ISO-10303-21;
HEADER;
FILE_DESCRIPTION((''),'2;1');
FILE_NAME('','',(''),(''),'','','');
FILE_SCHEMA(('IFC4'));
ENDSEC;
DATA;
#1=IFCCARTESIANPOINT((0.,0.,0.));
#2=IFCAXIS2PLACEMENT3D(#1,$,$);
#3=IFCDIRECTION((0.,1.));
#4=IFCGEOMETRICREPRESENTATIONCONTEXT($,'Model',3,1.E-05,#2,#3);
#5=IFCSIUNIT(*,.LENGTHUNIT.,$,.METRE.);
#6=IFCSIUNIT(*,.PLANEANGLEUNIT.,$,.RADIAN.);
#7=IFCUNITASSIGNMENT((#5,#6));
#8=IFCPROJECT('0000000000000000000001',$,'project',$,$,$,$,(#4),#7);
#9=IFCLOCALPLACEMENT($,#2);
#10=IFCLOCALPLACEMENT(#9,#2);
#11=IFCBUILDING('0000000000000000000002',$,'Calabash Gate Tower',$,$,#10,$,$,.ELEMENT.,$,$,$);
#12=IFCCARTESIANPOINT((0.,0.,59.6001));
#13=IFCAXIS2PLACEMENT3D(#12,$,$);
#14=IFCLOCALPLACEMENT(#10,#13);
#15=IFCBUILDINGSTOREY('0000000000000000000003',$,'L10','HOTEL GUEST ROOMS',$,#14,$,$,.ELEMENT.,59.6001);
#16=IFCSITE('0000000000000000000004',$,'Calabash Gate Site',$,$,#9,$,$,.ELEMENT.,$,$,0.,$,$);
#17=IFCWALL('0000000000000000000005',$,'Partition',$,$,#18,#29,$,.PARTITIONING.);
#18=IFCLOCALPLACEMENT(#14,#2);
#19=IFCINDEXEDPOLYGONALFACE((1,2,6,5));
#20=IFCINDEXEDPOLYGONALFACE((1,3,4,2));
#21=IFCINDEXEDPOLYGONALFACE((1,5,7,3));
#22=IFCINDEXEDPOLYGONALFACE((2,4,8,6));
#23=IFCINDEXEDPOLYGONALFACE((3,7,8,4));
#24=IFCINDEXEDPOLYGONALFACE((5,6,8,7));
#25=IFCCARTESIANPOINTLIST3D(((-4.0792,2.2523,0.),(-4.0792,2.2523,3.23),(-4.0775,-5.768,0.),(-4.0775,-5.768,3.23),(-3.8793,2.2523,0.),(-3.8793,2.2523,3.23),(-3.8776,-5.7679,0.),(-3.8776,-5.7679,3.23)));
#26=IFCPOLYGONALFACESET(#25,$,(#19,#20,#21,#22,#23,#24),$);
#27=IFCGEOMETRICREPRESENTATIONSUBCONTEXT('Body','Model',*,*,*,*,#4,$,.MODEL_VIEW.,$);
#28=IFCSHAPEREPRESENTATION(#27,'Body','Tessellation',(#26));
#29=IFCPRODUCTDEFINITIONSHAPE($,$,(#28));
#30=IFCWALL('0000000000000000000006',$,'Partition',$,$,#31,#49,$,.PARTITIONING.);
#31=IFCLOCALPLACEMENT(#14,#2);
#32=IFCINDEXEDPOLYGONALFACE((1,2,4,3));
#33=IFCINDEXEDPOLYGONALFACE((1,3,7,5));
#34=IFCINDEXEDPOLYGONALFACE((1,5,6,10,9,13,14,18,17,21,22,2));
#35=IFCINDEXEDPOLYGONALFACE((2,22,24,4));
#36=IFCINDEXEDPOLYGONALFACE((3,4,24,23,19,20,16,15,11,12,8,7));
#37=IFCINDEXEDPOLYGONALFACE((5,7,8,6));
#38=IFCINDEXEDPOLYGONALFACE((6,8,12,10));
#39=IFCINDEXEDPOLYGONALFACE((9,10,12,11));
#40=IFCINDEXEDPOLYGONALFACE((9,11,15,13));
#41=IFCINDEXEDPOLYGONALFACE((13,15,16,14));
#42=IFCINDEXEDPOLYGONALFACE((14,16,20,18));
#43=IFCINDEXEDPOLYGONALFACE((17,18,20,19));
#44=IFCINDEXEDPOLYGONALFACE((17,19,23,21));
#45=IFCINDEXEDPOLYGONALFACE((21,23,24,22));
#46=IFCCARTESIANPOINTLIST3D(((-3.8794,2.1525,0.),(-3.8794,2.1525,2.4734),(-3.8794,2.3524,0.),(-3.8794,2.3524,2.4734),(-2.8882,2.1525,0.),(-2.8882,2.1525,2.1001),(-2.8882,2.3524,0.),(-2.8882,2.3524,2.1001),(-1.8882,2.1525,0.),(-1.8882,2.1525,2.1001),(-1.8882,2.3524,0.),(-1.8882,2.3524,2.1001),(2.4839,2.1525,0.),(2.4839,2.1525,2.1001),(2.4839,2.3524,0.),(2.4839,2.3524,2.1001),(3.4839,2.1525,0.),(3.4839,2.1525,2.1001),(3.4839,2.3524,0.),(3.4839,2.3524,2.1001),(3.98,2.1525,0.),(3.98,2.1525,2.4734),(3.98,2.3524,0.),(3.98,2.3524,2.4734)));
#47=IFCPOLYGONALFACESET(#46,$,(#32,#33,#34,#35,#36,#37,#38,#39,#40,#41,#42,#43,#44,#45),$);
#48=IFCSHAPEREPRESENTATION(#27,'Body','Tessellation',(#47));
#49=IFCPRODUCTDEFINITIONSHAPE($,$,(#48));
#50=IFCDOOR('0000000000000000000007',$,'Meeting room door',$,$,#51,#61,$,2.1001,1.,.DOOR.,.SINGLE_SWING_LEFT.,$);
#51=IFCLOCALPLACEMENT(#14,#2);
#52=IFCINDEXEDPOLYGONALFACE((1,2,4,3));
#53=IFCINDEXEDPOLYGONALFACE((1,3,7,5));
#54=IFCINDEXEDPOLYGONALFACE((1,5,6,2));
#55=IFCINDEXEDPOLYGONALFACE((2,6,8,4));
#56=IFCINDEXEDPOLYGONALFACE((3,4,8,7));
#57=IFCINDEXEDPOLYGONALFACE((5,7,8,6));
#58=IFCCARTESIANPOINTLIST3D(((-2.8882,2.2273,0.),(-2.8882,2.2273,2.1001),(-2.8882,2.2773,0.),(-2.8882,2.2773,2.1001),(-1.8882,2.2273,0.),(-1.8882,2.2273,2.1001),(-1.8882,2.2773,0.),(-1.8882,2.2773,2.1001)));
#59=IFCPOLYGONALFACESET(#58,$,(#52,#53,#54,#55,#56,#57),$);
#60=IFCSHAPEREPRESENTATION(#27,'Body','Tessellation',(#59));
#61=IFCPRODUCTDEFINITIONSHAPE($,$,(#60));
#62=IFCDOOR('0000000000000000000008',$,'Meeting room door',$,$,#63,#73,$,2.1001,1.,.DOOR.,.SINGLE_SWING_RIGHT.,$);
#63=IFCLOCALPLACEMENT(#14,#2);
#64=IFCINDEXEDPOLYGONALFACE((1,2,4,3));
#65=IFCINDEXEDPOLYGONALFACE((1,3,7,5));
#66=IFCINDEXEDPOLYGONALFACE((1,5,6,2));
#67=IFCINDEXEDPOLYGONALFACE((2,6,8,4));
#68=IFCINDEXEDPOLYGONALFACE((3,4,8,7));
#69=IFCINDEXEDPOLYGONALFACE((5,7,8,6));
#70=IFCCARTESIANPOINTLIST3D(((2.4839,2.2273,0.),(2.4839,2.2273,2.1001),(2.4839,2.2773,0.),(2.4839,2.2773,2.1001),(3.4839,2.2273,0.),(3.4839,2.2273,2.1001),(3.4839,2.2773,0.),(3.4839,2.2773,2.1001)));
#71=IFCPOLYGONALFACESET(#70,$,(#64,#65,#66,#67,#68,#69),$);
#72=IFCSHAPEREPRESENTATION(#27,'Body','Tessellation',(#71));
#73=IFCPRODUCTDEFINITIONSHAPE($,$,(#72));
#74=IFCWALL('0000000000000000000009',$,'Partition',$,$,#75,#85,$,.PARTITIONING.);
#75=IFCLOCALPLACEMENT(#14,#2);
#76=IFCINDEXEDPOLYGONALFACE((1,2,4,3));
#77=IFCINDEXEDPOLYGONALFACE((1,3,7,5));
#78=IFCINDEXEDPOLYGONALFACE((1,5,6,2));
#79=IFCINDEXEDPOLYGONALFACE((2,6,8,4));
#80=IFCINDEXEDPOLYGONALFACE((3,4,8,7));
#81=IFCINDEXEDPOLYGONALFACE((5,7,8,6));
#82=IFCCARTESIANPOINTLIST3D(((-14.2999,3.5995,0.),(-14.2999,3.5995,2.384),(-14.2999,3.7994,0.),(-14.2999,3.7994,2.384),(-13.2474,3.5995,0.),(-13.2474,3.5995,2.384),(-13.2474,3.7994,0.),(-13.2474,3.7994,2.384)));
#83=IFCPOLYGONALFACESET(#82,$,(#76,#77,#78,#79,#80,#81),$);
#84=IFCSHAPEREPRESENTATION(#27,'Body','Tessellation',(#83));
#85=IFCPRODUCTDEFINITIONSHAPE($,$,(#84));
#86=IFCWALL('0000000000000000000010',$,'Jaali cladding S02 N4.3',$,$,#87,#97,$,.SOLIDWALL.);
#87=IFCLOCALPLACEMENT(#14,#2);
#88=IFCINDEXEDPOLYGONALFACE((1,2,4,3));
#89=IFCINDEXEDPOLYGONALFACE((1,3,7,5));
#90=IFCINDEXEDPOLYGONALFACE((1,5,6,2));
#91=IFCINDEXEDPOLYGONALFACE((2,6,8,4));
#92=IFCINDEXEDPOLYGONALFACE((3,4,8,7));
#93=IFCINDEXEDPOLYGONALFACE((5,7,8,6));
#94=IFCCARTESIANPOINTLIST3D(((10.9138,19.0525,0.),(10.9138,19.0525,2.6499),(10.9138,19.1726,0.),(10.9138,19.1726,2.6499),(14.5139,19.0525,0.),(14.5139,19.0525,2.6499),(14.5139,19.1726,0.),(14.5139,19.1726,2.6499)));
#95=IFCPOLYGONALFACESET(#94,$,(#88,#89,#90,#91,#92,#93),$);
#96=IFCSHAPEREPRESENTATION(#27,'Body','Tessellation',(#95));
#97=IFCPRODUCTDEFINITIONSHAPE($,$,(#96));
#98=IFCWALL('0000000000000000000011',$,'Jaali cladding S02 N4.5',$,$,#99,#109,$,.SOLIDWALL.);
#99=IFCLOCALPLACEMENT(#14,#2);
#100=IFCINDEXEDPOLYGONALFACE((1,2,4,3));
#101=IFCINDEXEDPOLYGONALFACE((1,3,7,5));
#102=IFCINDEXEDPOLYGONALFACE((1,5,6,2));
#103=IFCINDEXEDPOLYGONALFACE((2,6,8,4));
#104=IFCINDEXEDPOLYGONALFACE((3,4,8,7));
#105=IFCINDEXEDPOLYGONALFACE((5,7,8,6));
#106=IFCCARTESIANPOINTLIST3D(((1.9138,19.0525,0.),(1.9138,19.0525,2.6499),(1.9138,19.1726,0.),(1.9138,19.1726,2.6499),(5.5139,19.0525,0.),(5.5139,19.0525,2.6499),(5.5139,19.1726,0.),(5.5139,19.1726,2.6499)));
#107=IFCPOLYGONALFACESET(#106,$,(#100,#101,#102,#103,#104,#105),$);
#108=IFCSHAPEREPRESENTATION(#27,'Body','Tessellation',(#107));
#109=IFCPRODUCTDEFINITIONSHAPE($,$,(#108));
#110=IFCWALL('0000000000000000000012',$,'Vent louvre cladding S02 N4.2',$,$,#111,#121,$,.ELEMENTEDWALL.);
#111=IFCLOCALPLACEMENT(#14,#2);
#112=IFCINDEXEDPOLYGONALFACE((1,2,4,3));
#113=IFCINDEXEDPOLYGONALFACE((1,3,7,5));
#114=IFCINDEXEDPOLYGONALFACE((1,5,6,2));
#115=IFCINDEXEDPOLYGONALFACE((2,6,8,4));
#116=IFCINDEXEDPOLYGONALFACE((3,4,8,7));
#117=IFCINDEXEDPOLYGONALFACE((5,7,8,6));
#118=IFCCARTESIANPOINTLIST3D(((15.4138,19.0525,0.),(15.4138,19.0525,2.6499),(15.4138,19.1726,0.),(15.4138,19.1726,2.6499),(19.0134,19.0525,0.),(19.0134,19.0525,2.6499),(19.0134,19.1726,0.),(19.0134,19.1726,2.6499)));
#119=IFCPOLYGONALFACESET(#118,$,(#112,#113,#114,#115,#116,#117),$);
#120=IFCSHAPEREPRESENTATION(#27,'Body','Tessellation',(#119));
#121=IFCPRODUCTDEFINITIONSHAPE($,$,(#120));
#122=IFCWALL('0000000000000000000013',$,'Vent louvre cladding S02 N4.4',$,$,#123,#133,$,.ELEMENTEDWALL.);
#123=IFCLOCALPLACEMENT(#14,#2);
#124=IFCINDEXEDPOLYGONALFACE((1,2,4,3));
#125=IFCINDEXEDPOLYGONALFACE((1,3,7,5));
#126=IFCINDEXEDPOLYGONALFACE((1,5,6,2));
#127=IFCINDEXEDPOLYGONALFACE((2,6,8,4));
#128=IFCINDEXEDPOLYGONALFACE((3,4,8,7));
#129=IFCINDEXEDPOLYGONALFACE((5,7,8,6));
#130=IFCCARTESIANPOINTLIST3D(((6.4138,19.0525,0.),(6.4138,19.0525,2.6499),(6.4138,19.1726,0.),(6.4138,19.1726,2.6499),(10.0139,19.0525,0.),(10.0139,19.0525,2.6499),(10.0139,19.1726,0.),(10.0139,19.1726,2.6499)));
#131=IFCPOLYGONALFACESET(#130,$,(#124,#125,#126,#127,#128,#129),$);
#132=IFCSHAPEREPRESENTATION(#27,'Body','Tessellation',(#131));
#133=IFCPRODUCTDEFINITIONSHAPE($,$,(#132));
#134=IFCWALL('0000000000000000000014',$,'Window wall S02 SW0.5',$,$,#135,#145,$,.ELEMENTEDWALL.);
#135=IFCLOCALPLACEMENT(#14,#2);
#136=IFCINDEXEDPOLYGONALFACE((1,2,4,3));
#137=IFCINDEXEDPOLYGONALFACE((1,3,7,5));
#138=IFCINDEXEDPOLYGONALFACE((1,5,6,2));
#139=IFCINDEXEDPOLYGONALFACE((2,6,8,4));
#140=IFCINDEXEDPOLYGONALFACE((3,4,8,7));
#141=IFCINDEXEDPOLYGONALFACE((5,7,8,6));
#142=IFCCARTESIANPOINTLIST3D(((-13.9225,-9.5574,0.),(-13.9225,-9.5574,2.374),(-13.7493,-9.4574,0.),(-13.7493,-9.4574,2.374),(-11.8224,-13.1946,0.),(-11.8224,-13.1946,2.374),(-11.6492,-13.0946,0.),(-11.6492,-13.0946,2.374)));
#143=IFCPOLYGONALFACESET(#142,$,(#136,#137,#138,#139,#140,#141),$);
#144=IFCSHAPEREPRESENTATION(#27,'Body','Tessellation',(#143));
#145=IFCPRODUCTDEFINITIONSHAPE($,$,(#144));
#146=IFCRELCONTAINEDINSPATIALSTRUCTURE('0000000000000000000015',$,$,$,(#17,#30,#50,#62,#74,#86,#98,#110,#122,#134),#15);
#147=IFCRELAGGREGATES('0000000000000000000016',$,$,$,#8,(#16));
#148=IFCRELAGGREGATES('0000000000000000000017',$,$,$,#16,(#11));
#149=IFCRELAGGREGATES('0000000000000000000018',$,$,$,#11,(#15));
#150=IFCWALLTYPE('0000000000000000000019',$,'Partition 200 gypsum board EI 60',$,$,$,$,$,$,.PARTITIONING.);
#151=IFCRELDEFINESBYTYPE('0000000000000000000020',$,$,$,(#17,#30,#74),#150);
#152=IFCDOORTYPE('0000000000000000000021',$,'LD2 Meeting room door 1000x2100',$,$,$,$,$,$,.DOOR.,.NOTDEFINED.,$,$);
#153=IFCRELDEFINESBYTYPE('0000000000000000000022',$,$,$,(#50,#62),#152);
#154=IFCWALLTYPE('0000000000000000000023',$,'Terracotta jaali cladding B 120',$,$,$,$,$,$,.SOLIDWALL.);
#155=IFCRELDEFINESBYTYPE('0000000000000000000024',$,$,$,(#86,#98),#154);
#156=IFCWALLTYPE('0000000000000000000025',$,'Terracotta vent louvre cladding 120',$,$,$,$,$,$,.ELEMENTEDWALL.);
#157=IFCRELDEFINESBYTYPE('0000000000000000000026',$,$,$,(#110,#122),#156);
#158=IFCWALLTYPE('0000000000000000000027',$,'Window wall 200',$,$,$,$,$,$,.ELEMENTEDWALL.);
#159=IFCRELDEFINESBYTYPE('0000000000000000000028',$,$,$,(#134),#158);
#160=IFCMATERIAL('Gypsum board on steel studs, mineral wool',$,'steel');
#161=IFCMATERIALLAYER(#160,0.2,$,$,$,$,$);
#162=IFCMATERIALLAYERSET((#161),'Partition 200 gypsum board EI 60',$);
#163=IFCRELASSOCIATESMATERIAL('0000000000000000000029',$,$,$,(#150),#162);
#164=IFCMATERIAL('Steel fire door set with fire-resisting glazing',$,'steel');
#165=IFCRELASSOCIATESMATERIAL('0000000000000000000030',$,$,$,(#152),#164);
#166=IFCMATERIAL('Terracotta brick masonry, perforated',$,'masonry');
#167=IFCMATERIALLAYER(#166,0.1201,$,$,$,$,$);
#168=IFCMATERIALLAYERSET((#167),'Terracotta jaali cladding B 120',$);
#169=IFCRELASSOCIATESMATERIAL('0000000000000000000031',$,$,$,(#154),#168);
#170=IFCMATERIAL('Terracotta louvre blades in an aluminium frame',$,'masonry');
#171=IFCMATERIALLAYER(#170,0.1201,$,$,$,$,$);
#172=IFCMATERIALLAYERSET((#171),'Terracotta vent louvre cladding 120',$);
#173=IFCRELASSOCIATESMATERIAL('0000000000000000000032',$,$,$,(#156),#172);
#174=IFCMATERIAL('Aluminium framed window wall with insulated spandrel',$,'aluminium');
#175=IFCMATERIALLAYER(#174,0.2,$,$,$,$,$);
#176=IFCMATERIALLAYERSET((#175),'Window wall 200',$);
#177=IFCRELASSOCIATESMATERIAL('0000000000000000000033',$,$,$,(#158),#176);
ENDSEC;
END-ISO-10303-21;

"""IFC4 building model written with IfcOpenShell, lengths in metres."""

from ifc_helpers import new_model, si_unit, direction, frame, frame_2d, origin, place, context, subcontext, project, spatial, polyline, rectangle, outline, extrude, material, layer, layer_set, type_object, element, fill, save


model = new_model("IFC4")

# Units and contexts
model_context = context("Model", 3, precision=1e-05, world=origin(), true_north=direction((0.0, 1.0)))
body_context = subcontext(model_context, "Body", "Model", "MODEL_VIEW")
ifc_project = project(units=[si_unit("LENGTHUNIT", "METRE"), si_unit("PLANEANGLEUNIT", "RADIAN")], contexts=[model_context])

# Site, building, storey
site_placement = place(None, origin())
site = spatial("IfcSite", under=ifc_project, at=site_placement, Name="Calabash Gate Site", CompositionType="ELEMENT", RefElevation=0.0)
building_placement = place(site_placement, origin())
building = spatial("IfcBuilding", under=site, at=building_placement, Name="Calabash Gate Tower", CompositionType="ELEMENT")
storey_placement = place(building_placement, frame((0.0, 0.0, 59.6001)))
storey = spatial("IfcBuildingStorey", under=building, at=storey_placement, Name="L10", Description="HOTEL GUEST ROOMS", CompositionType="ELEMENT", Elevation=59.6001)

# Shared definitions
ifc_material_1 = material(Name="Gypsum board on steel studs, mineral wool", Category="steel")
ifc_layer_1 = layer(ifc_material_1, 0.2)
ifc_layer_set_1 = layer_set([ifc_layer_1], Name="Partition 200 gypsum board EI 60")
wall_type_1 = type_object("IfcWallType", Name="Partition 200 gypsum board EI 60", PredefinedType="PARTITIONING", material=ifc_layer_set_1)

# Wall
wall_1_placement = place(storey_placement, frame((-3.9792, 2.2524, 0.0), z_axis=(0.0, 0.0, 1.0), x_axis=(0.000213, -1.0, 0.0)))
element("IfcWall", 1, at=wall_1_placement, inside=storey, type_object=wall_type_1, Name="Partition", PredefinedType="PARTITIONING", context=body_context, shape_type="SweptSolid", body=[
    extrude(rectangle(XDim=8.0203, YDim=0.2, at=frame_2d((4.0103, 0.0))), origin(), (0.0, 0.0, 1.0), 3.23),
])

# Wall, openings, doors
wall_2_placement = place(storey_placement, frame((-3.8794, 2.2524, 0.0), z_axis=(0.0, 0.0, 1.0), x_axis=(1.0, 0.0, 0.0)))
wall_2 = element("IfcWall", 2, at=wall_2_placement, inside=storey, type_object=wall_type_1, Name="Partition", PredefinedType="PARTITIONING", context=body_context, shape_type="SweptSolid", body=[
    extrude(rectangle(XDim=7.8594, YDim=0.2, at=frame_2d((3.9297, 0.0))), origin(), (0.0, 0.0, 1.0), 2.4734),
])
opening_1_placement = place(wall_2_placement, frame((0.9912, 0.0, 0.0)))
opening_1 = element("IfcOpeningElement", 3, at=opening_1_placement, cuts=wall_2, PredefinedType="OPENING", context=body_context, shape_type="SweptSolid", body=[
    extrude(rectangle(XDim=1.0, YDim=2.1001, at=frame_2d((0.5, 1.05))), frame((0.0, 0.1099, 0.0), z_axis=(0.0, -1.0, 0.0), x_axis=(1.0, 0.0, 0.0)), (0.0, 0.0, 1.0), 0.22),
])
opening_2_placement = place(wall_2_placement, frame((6.3633, 0.0, 0.0)))
opening_2 = element("IfcOpeningElement", 4, at=opening_2_placement, cuts=wall_2, PredefinedType="OPENING", context=body_context, shape_type="SweptSolid", body=[
    extrude(rectangle(XDim=1.0, YDim=2.1001, at=frame_2d((0.5, 1.05))), frame((0.0, 0.1099, 0.0), z_axis=(0.0, -1.0, 0.0), x_axis=(1.0, 0.0, 0.0)), (0.0, 0.0, 1.0), 0.22),
])
ifc_material_2 = material(Name="Steel fire door set with fire-resisting glazing", Category="steel")
door_type_1 = type_object("IfcDoorType", Name="LD2 Meeting room door 1000x2100", OperationType="NOTDEFINED", PredefinedType="DOOR", material=ifc_material_2)
door_1_placement = place(opening_1_placement, origin())
door_1 = element("IfcDoor", 5, at=door_1_placement, inside=storey, type_object=door_type_1, Name="Meeting room door", OperationType="SINGLE_SWING_LEFT", OverallHeight=2.1001, OverallWidth=1.0, PredefinedType="DOOR", context=body_context, shape_type="SweptSolid", body=[
    extrude(rectangle(XDim=1.0, YDim=2.1001, at=frame_2d((0.5, 1.05))), frame((0.0, 0.0249, 0.0), z_axis=(0.0, -1.0, 0.0), x_axis=(1.0, 0.0, 0.0)), (0.0, 0.0, 1.0), 0.05),
])
fill(opening_1, door_1)
door_2_placement = place(opening_2_placement, origin())
door_2 = element("IfcDoor", 6, at=door_2_placement, inside=storey, type_object=door_type_1, Name="Meeting room door", OperationType="SINGLE_SWING_RIGHT", OverallHeight=2.1001, OverallWidth=1.0, PredefinedType="DOOR", context=body_context, shape_type="SweptSolid", body=[
    extrude(rectangle(XDim=1.0, YDim=2.1001, at=frame_2d((0.5, 1.05))), frame((0.0, 0.0249, 0.0), z_axis=(0.0, -1.0, 0.0), x_axis=(1.0, 0.0, 0.0)), (0.0, 0.0, 1.0), 0.05),
])
fill(opening_2, door_2)

# Walls
wall_3_placement = place(storey_placement, frame((-14.3, 3.6995, 0.0), z_axis=(0.0, 0.0, 1.0), x_axis=(1.0, 0.0, 0.0)))
element("IfcWall", 7, at=wall_3_placement, inside=storey, type_object=wall_type_1, Name="Partition", PredefinedType="PARTITIONING", context=body_context, shape_type="SweptSolid", body=[
    extrude(rectangle(XDim=1.0525, YDim=0.2, at=frame_2d((0.5264, 0.0))), origin(), (0.0, 0.0, 1.0), 2.384),
])
ifc_material_3 = material(Name="Terracotta brick masonry, perforated", Category="masonry")
ifc_layer_2 = layer(ifc_material_3, 0.1201)
ifc_layer_set_2 = layer_set([ifc_layer_2], Name="Terracotta jaali cladding B 120")
wall_type_2 = type_object("IfcWallType", Name="Terracotta jaali cladding B 120", PredefinedType="SOLIDWALL", material=ifc_layer_set_2)
wall_4_placement = place(storey_placement, origin())
element("IfcWall", 8, at=wall_4_placement, inside=storey, type_object=wall_type_2, Name="Jaali cladding S02 N4.3", PredefinedType="SOLIDWALL", context=body_context, shape_type="SweptSolid", body=[
    extrude(outline(polyline([(10.9138, 19.1726), (10.9138, 19.0525), (14.5139, 19.0525), (14.5139, 19.1726), (10.9138, 19.1726)])), origin(), (0.0, 0.0, 1.0), 2.6499),
])
wall_5_placement = place(storey_placement, origin())
element("IfcWall", 9, at=wall_5_placement, inside=storey, type_object=wall_type_2, Name="Jaali cladding S02 N4.5", PredefinedType="SOLIDWALL", context=body_context, shape_type="SweptSolid", body=[
    extrude(outline(polyline([(1.9138, 19.1726), (1.9138, 19.0525), (5.5139, 19.0525), (5.5139, 19.1726), (1.9138, 19.1726)])), origin(), (0.0, 0.0, 1.0), 2.6499),
])
ifc_material_4 = material(Name="Terracotta louvre blades in an aluminium frame", Category="masonry")
ifc_layer_3 = layer(ifc_material_4, 0.1201)
ifc_layer_set_3 = layer_set([ifc_layer_3], Name="Terracotta vent louvre cladding 120")
wall_type_3 = type_object("IfcWallType", Name="Terracotta vent louvre cladding 120", PredefinedType="ELEMENTEDWALL", material=ifc_layer_set_3)
wall_6_placement = place(storey_placement, origin())
element("IfcWall", 10, at=wall_6_placement, inside=storey, type_object=wall_type_3, Name="Vent louvre cladding S02 N4.2", PredefinedType="ELEMENTEDWALL", context=body_context, shape_type="SweptSolid", body=[
    extrude(outline(polyline([(15.4138, 19.1726), (15.4138, 19.0525), (19.0134, 19.0525), (19.0134, 19.1726), (15.4138, 19.1726)])), origin(), (0.0, 0.0, 1.0), 2.6499),
])
wall_7_placement = place(storey_placement, origin())
element("IfcWall", 11, at=wall_7_placement, inside=storey, type_object=wall_type_3, Name="Vent louvre cladding S02 N4.4", PredefinedType="ELEMENTEDWALL", context=body_context, shape_type="SweptSolid", body=[
    extrude(outline(polyline([(6.4138, 19.1726), (6.4138, 19.0525), (10.0139, 19.0525), (10.0139, 19.1726), (6.4138, 19.1726)])), origin(), (0.0, 0.0, 1.0), 2.6499),
])
ifc_material_5 = material(Name="Aluminium framed window wall with insulated spandrel", Category="aluminium")
ifc_layer_4 = layer(ifc_material_5, 0.2)
ifc_layer_set_4 = layer_set([ifc_layer_4], Name="Window wall 200")
wall_type_4 = type_object("IfcWallType", Name="Window wall 200", PredefinedType="ELEMENTEDWALL", material=ifc_layer_set_4)
wall_8_placement = place(storey_placement, frame((-13.8359, -9.5073, 0.0), z_axis=(0.0, 0.0, 1.0), x_axis=(0.500028, -0.866009, 0.0)))
element("IfcWall", 12, at=wall_8_placement, inside=storey, type_object=wall_type_4, Name="Window wall S02 SW0.5", PredefinedType="ELEMENTEDWALL", context=body_context, shape_type="SweptSolid", body=[
    extrude(rectangle(XDim=4.2, YDim=0.2, at=frame_2d((2.1001, 0.0))), origin(), (0.0, 0.0, 1.0), 2.374),
])

save(model, "model.ifc")
